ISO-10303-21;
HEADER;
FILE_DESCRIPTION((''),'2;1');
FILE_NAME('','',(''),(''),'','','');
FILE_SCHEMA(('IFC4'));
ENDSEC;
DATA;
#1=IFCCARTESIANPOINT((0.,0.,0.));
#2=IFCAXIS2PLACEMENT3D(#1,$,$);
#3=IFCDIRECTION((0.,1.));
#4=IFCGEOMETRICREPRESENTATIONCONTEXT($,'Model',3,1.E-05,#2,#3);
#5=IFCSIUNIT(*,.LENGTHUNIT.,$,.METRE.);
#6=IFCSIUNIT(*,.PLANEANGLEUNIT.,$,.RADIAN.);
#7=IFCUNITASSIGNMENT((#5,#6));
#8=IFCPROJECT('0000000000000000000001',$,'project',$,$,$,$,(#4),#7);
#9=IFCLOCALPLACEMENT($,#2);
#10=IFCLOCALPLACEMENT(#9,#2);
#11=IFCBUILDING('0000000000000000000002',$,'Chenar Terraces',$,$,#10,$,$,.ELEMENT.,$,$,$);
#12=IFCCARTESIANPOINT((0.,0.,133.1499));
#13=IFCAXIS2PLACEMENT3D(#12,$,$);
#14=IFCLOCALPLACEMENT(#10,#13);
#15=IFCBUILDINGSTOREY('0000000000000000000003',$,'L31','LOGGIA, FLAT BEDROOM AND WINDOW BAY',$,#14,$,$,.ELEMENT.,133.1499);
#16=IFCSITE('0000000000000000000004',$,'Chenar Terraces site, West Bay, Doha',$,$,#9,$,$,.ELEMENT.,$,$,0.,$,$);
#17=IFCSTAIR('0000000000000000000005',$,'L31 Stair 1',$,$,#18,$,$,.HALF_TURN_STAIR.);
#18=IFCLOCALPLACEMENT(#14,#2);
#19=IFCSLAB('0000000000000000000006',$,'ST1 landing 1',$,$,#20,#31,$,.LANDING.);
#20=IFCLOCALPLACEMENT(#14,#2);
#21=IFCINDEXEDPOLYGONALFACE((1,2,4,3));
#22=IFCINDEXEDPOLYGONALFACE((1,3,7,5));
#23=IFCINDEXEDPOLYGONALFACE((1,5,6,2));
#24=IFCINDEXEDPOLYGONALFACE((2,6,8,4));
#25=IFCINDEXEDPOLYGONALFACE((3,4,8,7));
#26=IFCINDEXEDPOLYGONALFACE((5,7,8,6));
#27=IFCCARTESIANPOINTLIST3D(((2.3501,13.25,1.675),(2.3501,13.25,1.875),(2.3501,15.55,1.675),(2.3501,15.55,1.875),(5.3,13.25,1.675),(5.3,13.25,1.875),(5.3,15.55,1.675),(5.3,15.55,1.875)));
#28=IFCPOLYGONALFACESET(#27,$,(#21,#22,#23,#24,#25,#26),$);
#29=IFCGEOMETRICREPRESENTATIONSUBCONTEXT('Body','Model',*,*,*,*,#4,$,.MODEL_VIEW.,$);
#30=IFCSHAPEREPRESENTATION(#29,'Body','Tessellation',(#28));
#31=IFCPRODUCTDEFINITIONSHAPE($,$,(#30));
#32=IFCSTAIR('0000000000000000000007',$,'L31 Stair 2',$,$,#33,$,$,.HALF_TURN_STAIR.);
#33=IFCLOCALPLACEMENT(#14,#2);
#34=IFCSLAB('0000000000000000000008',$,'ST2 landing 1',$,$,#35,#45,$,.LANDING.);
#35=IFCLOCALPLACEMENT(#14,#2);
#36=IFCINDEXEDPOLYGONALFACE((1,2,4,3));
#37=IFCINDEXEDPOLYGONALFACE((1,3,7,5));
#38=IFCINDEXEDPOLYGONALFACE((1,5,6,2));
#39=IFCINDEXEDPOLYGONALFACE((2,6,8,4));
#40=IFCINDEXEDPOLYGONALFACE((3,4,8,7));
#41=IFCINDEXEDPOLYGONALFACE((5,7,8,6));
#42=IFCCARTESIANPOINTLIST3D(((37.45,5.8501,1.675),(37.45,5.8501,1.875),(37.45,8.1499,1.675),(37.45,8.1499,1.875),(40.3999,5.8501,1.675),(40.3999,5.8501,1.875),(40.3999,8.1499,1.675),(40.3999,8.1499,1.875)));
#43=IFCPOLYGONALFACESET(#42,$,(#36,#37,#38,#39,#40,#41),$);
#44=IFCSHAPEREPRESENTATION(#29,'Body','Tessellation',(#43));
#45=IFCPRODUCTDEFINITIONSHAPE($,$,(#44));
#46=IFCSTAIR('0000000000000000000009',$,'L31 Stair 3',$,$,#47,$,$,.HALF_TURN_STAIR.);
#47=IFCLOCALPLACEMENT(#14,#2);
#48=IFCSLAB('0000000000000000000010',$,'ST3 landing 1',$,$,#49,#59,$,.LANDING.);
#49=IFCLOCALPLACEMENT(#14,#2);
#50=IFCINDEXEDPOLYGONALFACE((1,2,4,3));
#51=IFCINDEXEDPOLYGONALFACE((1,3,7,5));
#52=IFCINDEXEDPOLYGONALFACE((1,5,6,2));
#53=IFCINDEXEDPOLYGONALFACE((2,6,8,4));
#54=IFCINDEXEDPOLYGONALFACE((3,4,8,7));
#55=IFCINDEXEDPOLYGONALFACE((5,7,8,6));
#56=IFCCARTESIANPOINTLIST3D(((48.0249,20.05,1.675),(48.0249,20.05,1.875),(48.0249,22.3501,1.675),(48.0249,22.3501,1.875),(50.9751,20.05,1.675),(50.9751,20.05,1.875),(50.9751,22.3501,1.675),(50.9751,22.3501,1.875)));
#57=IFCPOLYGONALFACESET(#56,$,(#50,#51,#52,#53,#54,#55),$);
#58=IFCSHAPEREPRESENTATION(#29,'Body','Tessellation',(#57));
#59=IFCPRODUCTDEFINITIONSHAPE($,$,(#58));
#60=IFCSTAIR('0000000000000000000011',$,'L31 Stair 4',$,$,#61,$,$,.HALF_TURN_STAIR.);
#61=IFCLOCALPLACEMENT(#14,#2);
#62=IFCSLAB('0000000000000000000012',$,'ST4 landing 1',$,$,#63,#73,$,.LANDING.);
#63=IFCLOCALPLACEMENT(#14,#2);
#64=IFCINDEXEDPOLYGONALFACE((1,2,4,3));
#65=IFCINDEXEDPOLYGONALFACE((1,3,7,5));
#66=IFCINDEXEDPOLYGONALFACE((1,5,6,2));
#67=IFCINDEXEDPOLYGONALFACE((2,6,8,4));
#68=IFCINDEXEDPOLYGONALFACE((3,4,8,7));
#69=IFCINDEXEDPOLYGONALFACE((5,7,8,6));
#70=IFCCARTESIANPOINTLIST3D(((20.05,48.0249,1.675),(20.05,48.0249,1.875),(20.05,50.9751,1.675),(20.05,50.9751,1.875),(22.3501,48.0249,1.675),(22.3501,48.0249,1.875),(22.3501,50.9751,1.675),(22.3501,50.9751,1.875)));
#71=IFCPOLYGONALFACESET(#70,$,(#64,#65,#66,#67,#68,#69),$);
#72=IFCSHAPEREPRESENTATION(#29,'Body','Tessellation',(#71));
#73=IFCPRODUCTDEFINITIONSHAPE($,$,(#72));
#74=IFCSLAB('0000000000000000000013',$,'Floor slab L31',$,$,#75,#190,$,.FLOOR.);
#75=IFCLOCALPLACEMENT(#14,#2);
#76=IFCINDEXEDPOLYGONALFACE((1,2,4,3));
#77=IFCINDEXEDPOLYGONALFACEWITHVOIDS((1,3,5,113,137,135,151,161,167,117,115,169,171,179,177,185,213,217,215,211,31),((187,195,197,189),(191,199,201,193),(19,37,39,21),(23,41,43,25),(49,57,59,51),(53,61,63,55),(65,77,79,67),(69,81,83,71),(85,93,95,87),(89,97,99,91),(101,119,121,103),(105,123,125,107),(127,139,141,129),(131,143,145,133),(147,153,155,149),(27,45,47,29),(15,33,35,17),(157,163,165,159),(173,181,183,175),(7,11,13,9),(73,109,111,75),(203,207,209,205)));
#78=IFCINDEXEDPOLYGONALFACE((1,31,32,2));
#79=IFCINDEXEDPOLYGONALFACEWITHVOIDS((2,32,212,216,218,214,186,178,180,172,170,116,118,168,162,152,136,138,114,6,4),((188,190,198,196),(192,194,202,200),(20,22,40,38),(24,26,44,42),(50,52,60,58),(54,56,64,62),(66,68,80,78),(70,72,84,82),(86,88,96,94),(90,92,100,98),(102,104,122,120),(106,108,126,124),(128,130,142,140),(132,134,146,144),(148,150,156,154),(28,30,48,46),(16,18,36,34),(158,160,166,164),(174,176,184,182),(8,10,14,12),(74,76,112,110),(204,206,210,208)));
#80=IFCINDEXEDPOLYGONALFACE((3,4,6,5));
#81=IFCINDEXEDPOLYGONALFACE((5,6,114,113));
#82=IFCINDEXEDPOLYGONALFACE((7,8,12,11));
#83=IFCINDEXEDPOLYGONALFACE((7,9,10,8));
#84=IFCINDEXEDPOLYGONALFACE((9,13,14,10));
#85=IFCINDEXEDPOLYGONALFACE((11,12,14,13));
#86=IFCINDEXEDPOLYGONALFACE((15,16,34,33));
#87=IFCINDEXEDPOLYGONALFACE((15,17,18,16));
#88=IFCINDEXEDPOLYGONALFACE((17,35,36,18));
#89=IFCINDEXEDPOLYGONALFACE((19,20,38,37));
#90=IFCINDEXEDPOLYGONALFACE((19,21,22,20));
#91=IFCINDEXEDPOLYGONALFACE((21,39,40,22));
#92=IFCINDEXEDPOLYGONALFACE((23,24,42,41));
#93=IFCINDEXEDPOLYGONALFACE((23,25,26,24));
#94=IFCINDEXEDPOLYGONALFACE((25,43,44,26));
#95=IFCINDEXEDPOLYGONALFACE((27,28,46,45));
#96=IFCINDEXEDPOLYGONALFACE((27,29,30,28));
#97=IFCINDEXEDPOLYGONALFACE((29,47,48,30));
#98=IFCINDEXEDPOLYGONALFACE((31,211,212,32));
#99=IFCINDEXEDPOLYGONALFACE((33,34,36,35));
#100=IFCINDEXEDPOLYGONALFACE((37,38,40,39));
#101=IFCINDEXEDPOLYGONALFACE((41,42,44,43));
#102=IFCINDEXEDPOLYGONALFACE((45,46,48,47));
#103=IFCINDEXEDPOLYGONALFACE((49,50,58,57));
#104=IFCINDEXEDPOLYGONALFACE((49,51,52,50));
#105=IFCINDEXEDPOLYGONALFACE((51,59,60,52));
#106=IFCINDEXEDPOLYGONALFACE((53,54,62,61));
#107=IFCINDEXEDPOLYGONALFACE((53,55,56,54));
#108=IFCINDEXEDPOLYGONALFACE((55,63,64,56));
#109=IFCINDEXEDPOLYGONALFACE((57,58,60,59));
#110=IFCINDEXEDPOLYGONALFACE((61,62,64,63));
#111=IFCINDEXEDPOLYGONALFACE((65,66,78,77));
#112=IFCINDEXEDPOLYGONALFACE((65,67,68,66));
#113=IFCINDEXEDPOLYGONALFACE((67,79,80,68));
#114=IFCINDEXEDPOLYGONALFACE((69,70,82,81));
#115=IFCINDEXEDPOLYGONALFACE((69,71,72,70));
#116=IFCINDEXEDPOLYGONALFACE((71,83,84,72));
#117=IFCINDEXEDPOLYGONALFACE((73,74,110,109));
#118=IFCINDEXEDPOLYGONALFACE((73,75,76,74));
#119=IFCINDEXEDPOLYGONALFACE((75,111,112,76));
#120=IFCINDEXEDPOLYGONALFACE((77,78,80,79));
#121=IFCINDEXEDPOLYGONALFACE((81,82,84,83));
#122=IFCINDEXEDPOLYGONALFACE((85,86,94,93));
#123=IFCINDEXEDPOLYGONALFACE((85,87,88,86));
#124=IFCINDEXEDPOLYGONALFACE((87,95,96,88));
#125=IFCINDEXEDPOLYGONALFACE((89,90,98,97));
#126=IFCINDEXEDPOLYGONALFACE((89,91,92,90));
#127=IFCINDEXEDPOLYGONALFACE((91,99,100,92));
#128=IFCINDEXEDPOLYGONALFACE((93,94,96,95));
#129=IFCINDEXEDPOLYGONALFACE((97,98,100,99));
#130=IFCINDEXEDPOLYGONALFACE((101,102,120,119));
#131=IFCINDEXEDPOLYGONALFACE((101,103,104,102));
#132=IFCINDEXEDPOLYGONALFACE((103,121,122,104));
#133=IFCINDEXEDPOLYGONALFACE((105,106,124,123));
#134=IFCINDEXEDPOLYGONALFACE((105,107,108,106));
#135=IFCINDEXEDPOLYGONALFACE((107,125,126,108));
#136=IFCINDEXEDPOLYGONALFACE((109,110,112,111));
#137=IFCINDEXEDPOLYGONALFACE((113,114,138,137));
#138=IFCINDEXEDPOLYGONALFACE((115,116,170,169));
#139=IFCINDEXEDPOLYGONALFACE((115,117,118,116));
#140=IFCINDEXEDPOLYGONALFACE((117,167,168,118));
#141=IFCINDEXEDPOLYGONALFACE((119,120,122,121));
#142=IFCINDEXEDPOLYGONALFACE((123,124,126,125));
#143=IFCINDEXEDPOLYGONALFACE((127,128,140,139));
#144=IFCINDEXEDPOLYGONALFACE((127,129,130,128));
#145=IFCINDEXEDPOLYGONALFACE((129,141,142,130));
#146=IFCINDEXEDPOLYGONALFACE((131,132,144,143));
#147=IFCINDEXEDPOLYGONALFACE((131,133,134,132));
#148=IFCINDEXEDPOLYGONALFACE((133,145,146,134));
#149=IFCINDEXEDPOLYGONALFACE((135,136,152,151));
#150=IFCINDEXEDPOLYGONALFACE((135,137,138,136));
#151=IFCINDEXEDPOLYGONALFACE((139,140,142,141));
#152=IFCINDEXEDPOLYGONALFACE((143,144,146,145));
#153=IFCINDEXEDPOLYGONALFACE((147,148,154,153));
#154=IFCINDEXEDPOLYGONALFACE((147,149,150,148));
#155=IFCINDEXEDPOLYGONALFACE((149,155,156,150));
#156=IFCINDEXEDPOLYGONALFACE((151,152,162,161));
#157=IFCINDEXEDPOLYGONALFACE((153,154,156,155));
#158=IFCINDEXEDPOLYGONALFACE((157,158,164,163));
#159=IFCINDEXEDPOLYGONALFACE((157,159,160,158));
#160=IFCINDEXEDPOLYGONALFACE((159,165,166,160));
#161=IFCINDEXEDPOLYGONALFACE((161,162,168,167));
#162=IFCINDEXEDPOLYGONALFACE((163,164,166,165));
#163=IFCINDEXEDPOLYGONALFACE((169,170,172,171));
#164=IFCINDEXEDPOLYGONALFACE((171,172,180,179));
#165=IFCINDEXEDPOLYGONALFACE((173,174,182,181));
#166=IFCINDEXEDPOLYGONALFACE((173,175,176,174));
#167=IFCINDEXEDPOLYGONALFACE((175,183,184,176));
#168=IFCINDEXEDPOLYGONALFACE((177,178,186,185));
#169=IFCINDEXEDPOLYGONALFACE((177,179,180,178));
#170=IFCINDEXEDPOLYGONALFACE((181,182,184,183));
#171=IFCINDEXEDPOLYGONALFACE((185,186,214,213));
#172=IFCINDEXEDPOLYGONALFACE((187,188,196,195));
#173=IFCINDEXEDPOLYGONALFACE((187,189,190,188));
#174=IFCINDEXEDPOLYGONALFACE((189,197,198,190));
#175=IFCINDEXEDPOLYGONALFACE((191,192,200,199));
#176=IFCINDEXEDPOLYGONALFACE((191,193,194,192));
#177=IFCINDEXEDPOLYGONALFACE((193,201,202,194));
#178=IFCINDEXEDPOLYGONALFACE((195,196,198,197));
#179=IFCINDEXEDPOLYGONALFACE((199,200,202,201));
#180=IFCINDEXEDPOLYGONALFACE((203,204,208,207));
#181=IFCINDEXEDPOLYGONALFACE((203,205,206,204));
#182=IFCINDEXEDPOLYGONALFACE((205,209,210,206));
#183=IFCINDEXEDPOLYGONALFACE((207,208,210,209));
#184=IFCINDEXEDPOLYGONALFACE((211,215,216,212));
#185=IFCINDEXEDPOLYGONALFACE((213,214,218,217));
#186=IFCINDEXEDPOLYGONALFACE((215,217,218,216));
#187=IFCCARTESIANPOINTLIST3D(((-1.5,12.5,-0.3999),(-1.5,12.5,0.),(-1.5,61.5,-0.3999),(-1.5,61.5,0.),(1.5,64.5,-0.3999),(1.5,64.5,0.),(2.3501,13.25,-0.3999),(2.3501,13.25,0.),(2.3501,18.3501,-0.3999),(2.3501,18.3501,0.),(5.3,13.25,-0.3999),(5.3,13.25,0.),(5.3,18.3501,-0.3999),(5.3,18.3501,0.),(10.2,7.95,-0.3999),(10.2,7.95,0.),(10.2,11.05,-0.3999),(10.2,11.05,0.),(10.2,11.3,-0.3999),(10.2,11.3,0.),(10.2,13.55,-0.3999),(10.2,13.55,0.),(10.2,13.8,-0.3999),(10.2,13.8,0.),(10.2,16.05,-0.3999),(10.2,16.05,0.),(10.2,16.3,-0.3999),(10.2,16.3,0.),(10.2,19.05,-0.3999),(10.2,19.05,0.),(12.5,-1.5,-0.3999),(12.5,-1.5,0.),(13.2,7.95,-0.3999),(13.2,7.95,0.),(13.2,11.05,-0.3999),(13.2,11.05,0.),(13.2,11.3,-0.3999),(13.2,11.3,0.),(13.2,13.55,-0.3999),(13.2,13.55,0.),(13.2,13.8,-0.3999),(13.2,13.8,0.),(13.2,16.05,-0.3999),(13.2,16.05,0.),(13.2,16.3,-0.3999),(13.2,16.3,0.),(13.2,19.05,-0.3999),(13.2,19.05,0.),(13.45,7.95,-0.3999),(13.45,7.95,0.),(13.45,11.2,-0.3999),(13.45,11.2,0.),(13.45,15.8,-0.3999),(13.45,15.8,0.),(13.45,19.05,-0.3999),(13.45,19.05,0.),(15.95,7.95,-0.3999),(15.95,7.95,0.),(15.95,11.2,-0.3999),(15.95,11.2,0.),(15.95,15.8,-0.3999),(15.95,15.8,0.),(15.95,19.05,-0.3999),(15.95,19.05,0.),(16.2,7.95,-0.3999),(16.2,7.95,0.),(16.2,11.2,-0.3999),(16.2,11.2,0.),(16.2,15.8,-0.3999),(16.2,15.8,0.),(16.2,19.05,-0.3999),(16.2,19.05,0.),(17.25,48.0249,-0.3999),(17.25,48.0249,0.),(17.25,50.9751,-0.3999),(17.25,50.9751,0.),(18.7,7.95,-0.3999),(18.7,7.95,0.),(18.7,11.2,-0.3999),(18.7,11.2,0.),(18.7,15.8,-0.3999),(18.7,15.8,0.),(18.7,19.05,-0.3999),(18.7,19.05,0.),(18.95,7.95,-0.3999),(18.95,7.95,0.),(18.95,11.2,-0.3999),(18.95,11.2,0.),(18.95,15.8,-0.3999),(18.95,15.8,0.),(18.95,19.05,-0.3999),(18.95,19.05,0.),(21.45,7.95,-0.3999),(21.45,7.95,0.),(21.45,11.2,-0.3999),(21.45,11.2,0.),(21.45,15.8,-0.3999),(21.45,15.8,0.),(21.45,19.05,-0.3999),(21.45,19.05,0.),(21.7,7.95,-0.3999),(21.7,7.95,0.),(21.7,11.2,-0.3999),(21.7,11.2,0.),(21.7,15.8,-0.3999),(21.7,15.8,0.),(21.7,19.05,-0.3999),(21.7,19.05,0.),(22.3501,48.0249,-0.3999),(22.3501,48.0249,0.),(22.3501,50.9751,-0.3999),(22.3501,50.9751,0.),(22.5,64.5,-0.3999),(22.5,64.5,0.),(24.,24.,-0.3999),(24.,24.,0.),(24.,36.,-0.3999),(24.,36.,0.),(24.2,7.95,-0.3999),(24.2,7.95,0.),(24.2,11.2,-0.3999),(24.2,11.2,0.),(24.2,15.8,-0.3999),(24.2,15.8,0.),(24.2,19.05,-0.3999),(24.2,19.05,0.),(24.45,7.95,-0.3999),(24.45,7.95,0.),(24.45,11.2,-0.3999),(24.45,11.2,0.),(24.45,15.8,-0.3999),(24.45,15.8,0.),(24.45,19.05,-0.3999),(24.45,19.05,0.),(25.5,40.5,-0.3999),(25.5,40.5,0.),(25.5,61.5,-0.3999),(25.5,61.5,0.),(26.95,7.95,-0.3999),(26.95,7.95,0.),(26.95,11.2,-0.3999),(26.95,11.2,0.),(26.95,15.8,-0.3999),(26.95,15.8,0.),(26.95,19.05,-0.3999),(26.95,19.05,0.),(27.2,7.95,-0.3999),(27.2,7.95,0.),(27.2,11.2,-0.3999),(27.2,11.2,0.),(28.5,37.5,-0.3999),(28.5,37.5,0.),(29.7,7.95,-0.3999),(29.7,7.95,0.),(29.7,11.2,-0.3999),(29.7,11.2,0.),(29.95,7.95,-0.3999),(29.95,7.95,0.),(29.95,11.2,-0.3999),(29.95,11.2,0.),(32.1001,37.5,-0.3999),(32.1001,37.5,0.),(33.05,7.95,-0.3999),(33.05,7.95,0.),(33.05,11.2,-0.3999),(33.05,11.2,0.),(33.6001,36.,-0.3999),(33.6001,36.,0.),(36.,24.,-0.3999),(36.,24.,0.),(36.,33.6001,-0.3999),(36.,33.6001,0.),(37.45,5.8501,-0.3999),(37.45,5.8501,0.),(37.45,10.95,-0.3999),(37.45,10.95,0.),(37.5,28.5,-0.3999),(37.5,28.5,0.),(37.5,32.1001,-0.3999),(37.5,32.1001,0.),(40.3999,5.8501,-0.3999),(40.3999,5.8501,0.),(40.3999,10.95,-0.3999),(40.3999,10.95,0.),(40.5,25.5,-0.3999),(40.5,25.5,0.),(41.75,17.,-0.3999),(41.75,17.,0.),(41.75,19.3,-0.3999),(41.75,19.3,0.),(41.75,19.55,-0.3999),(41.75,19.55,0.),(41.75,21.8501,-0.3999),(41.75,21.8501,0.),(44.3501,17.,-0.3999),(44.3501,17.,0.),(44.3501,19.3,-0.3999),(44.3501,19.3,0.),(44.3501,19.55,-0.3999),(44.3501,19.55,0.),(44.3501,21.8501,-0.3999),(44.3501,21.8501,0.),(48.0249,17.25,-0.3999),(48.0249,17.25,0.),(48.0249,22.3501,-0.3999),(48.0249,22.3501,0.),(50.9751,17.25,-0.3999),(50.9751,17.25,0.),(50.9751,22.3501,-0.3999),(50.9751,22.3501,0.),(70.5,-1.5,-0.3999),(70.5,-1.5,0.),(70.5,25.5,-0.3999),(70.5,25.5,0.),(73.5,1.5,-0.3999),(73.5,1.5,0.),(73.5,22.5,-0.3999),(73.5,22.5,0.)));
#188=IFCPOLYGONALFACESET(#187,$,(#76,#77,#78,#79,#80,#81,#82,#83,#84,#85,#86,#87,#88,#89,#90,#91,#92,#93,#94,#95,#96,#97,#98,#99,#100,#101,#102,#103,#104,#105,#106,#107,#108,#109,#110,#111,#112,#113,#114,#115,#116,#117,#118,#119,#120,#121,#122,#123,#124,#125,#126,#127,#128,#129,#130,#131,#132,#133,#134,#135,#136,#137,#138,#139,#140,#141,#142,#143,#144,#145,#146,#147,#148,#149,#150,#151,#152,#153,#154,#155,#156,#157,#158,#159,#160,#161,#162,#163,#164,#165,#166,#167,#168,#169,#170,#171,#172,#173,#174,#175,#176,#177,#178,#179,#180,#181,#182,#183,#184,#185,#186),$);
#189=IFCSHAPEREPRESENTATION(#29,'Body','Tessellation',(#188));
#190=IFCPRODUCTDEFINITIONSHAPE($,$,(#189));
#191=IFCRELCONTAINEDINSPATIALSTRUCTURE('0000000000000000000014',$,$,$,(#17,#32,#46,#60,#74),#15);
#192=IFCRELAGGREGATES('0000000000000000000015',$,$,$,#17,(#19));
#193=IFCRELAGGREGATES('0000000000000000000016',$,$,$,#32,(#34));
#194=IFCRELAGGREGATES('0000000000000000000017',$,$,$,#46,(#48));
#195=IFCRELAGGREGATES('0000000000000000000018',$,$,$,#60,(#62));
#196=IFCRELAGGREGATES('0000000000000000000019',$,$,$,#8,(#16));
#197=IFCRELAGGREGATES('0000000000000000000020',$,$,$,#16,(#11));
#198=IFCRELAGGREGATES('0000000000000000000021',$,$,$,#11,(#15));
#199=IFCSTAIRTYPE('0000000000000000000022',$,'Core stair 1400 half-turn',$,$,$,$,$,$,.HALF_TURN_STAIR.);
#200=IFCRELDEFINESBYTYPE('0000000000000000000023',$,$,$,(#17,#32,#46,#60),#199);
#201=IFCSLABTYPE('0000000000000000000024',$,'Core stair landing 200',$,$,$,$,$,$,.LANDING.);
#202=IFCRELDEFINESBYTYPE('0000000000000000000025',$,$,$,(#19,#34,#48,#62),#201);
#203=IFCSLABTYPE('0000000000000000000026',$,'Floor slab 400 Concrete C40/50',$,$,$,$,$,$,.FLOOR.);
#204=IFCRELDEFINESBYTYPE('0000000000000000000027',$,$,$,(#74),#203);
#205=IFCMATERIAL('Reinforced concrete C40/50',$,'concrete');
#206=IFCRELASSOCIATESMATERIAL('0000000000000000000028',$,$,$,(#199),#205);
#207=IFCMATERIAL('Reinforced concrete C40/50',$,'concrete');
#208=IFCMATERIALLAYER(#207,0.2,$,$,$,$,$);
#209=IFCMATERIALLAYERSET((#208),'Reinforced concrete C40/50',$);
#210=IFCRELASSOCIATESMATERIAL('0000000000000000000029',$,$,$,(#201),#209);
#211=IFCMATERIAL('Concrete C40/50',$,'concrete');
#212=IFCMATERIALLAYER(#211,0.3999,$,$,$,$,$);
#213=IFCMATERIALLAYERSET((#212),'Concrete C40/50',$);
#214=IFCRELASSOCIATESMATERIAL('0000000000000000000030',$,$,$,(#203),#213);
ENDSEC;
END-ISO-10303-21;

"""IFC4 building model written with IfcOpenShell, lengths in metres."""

from ifc_helpers import new_model, si_unit, direction, frame, origin, place, context, subcontext, project, spatial, polyline, outline, extrude, material, layer, layer_set, type_object, element, aggregate, save


model = new_model("IFC4")

# Units and contexts
model_context = context("Model", 3, precision=1e-05, world=origin(), true_north=direction((0.0, 1.0)))
body_context = subcontext(model_context, "Body", "Model", "MODEL_VIEW")
ifc_project = project(units=[si_unit("LENGTHUNIT", "METRE"), si_unit("PLANEANGLEUNIT", "RADIAN")], contexts=[model_context])

# Site, building, storey
site_placement = place(None, origin())
site = spatial("IfcSite", under=ifc_project, at=site_placement, Name="Chenar Terraces site, West Bay, Doha", CompositionType="ELEMENT", RefElevation=0.0)
building_placement = place(site_placement, origin())
building = spatial("IfcBuilding", under=site, at=building_placement, Name="Chenar Terraces", CompositionType="ELEMENT")
storey_placement = place(building_placement, frame((0.0, 0.0, 133.1499)))
storey = spatial("IfcBuildingStorey", under=building, at=storey_placement, Name="L31", Description="LOGGIA, FLAT BEDROOM AND WINDOW BAY", CompositionType="ELEMENT", Elevation=133.1499)

# Stairs, slabs
ifc_material_1 = material(Name="Reinforced concrete C40/50", Category="concrete")
stair_type = type_object("IfcStairType", Name="Core stair 1400 half-turn", PredefinedType="HALF_TURN_STAIR", material=ifc_material_1)
placement_1 = place(storey_placement, origin())
stair_1 = element("IfcStair", 1, at=placement_1, inside=storey, type_object=stair_type, Name="L31 Stair 1", PredefinedType="HALF_TURN_STAIR")
ifc_material_2 = material(Name="Reinforced concrete C40/50", Category="concrete")
ifc_layer_1 = layer(ifc_material_2, 0.2)
ifc_layer_set_1 = layer_set([ifc_layer_1], Name="Reinforced concrete C40/50")
slab_type_1 = type_object("IfcSlabType", Name="Core stair landing 200", PredefinedType="LANDING", material=ifc_layer_set_1)
placement_2 = place(storey_placement, frame((0.0, 0.0, 1.675)))
slab_1 = element("IfcSlab", 2, at=placement_2, type_object=slab_type_1, Name="ST1 landing 1", PredefinedType="LANDING", context=body_context, shape_type="SweptSolid", body=[
    extrude(outline(polyline([(2.3501, 15.55), (2.3501, 13.25), (5.3, 13.25), (5.3, 15.55), (2.3501, 15.55)])), origin(), (0.0, 0.0, 1.0), 0.2),
])
aggregate(stair_1, [slab_1])
stair_2 = element("IfcStair", 3, at=placement_1, inside=storey, type_object=stair_type, Name="L31 Stair 2", PredefinedType="HALF_TURN_STAIR")
slab_2 = element("IfcSlab", 4, at=placement_2, type_object=slab_type_1, Name="ST2 landing 1", PredefinedType="LANDING", context=body_context, shape_type="SweptSolid", body=[
    extrude(outline(polyline([(37.45, 8.1499), (37.45, 5.8501), (40.3999, 5.8501), (40.3999, 8.1499), (37.45, 8.1499)])), origin(), (0.0, 0.0, 1.0), 0.2),
])
aggregate(stair_2, [slab_2])
stair_3 = element("IfcStair", 5, at=placement_1, inside=storey, type_object=stair_type, Name="L31 Stair 3", PredefinedType="HALF_TURN_STAIR")
slab_3 = element("IfcSlab", 6, at=placement_2, type_object=slab_type_1, Name="ST3 landing 1", PredefinedType="LANDING", context=body_context, shape_type="SweptSolid", body=[
    extrude(outline(polyline([(50.9751, 20.05), (50.9751, 22.3501), (48.0249, 22.3501), (48.0249, 20.05), (50.9751, 20.05)])), origin(), (0.0, 0.0, 1.0), 0.2),
])
aggregate(stair_3, [slab_3])
stair_4 = element("IfcStair", 7, at=placement_1, inside=storey, type_object=stair_type, Name="L31 Stair 4", PredefinedType="HALF_TURN_STAIR")
slab_4 = element("IfcSlab", 8, at=placement_2, type_object=slab_type_1, Name="ST4 landing 1", PredefinedType="LANDING", context=body_context, shape_type="SweptSolid", body=[
    extrude(outline(polyline([(20.05, 48.0249), (22.3501, 48.0249), (22.3501, 50.9751), (20.05, 50.9751), (20.05, 48.0249)])), origin(), (0.0, 0.0, 1.0), 0.2),
])
aggregate(stair_4, [slab_4])

# Slab
ifc_material_3 = material(Name="Concrete C40/50", Category="concrete")
ifc_layer_2 = layer(ifc_material_3, 0.3999)
ifc_layer_set_2 = layer_set([ifc_layer_2], Name="Concrete C40/50")
slab_type_2 = type_object("IfcSlabType", Name="Floor slab 400 Concrete C40/50", PredefinedType="FLOOR", material=ifc_layer_set_2)
slab_5_placement = place(storey_placement, frame((0.0, 0.0, -0.3999)))
element("IfcSlab", 9, at=slab_5_placement, inside=storey, type_object=slab_type_2, Name="Floor slab L31", PredefinedType="FLOOR", context=body_context, shape_type="SweptSolid", body=[
    extrude(outline(polyline([(73.5, 22.5), (73.5, 1.5), (70.5, -1.5), (12.5, -1.5), (-1.5, 12.5), (-1.5, 61.5), (1.5, 64.5), (22.5, 64.5), (25.5, 61.5), (25.5, 40.5), (28.5, 37.5), (32.1001, 37.5), (33.6001, 36.0), (24.0, 36.0), (24.0, 24.0), (36.0, 24.0), (36.0, 33.6001), (37.5, 32.1001), (37.5, 28.5), (40.5, 25.5), (70.5, 25.5), (73.5, 22.5)]), holes=[polyline([(13.2, 11.05), (10.2, 11.05), (10.2, 7.95), (13.2, 7.95), (13.2, 11.05)]), polyline([(15.95, 11.2), (13.45, 11.2), (13.45, 7.95), (15.95, 7.95), (15.95, 11.2)]), polyline([(18.7, 11.2), (16.2, 11.2), (16.2, 7.95), (18.7, 7.95), (18.7, 11.2)]), polyline([(21.45, 7.95), (21.45, 11.2), (18.95, 11.2), (18.95, 7.95), (21.45, 7.95)]), polyline([(13.2, 11.3), (13.2, 13.55), (10.2, 13.55), (10.2, 11.3), (13.2, 11.3)]), polyline([(13.2, 16.05), (10.2, 16.05), (10.2, 13.8), (13.2, 13.8), (13.2, 16.05)]), polyline([(2.3501, 18.3501), (2.3501, 13.25), (5.3, 13.25), (5.3, 18.3501), (2.3501, 18.3501)]), polyline([(15.95, 15.8), (15.95, 19.05), (13.45, 19.05), (13.45, 15.8), (15.95, 15.8)]), polyline([(18.7, 19.05), (16.2, 19.05), (16.2, 15.8), (18.7, 15.8), (18.7, 19.05)]), polyline([(21.45, 15.8), (21.45, 19.05), (18.95, 19.05), (18.95, 15.8), (21.45, 15.8)]), polyline([(13.2, 16.3), (13.2, 19.05), (10.2, 19.05), (10.2, 16.3), (13.2, 16.3)]), polyline([(22.3501, 48.0249), (22.3501, 50.9751), (17.25, 50.9751), (17.25, 48.0249), (22.3501, 48.0249)]), polyline([(37.45, 10.95), (37.45, 5.8501), (40.3999, 5.8501), (40.3999, 10.95), (37.45, 10.95)]), polyline([(24.2, 7.95), (24.2, 11.2), (21.7, 11.2), (21.7, 7.95), (24.2, 7.95)]), polyline([(26.95, 11.2), (24.45, 11.2), (24.45, 7.95), (26.95, 7.95), (26.95, 11.2)]), polyline([(29.7, 7.95), (29.7, 11.2), (27.2, 11.2), (27.2, 7.95), (29.7, 7.95)]), polyline([(33.05, 7.95), (33.05, 11.2), (29.95, 11.2), (29.95, 7.95), (33.05, 7.95)]), polyline([(24.2, 19.05), (21.7, 19.05), (21.7, 15.8), (24.2, 15.8), (24.2, 19.05)]), polyline([(26.95, 15.8), (26.95, 19.05), (24.45, 19.05), (24.45, 15.8), (26.95, 15.8)]), polyline([(44.3501, 17.0), (44.3501, 19.3), (41.75, 19.3), (41.75, 17.0), (44.3501, 17.0)]), polyline([(50.9751, 22.3501), (48.0249, 22.3501), (48.0249, 17.25), (50.9751, 17.25), (50.9751, 22.3501)]), polyline([(44.3501, 19.55), (44.3501, 21.8501), (41.75, 21.8501), (41.75, 19.55), (44.3501, 19.55)])]), origin(), (0.0, 0.0, 1.0), 0.3999),
])

save(model, "model.ifc")
